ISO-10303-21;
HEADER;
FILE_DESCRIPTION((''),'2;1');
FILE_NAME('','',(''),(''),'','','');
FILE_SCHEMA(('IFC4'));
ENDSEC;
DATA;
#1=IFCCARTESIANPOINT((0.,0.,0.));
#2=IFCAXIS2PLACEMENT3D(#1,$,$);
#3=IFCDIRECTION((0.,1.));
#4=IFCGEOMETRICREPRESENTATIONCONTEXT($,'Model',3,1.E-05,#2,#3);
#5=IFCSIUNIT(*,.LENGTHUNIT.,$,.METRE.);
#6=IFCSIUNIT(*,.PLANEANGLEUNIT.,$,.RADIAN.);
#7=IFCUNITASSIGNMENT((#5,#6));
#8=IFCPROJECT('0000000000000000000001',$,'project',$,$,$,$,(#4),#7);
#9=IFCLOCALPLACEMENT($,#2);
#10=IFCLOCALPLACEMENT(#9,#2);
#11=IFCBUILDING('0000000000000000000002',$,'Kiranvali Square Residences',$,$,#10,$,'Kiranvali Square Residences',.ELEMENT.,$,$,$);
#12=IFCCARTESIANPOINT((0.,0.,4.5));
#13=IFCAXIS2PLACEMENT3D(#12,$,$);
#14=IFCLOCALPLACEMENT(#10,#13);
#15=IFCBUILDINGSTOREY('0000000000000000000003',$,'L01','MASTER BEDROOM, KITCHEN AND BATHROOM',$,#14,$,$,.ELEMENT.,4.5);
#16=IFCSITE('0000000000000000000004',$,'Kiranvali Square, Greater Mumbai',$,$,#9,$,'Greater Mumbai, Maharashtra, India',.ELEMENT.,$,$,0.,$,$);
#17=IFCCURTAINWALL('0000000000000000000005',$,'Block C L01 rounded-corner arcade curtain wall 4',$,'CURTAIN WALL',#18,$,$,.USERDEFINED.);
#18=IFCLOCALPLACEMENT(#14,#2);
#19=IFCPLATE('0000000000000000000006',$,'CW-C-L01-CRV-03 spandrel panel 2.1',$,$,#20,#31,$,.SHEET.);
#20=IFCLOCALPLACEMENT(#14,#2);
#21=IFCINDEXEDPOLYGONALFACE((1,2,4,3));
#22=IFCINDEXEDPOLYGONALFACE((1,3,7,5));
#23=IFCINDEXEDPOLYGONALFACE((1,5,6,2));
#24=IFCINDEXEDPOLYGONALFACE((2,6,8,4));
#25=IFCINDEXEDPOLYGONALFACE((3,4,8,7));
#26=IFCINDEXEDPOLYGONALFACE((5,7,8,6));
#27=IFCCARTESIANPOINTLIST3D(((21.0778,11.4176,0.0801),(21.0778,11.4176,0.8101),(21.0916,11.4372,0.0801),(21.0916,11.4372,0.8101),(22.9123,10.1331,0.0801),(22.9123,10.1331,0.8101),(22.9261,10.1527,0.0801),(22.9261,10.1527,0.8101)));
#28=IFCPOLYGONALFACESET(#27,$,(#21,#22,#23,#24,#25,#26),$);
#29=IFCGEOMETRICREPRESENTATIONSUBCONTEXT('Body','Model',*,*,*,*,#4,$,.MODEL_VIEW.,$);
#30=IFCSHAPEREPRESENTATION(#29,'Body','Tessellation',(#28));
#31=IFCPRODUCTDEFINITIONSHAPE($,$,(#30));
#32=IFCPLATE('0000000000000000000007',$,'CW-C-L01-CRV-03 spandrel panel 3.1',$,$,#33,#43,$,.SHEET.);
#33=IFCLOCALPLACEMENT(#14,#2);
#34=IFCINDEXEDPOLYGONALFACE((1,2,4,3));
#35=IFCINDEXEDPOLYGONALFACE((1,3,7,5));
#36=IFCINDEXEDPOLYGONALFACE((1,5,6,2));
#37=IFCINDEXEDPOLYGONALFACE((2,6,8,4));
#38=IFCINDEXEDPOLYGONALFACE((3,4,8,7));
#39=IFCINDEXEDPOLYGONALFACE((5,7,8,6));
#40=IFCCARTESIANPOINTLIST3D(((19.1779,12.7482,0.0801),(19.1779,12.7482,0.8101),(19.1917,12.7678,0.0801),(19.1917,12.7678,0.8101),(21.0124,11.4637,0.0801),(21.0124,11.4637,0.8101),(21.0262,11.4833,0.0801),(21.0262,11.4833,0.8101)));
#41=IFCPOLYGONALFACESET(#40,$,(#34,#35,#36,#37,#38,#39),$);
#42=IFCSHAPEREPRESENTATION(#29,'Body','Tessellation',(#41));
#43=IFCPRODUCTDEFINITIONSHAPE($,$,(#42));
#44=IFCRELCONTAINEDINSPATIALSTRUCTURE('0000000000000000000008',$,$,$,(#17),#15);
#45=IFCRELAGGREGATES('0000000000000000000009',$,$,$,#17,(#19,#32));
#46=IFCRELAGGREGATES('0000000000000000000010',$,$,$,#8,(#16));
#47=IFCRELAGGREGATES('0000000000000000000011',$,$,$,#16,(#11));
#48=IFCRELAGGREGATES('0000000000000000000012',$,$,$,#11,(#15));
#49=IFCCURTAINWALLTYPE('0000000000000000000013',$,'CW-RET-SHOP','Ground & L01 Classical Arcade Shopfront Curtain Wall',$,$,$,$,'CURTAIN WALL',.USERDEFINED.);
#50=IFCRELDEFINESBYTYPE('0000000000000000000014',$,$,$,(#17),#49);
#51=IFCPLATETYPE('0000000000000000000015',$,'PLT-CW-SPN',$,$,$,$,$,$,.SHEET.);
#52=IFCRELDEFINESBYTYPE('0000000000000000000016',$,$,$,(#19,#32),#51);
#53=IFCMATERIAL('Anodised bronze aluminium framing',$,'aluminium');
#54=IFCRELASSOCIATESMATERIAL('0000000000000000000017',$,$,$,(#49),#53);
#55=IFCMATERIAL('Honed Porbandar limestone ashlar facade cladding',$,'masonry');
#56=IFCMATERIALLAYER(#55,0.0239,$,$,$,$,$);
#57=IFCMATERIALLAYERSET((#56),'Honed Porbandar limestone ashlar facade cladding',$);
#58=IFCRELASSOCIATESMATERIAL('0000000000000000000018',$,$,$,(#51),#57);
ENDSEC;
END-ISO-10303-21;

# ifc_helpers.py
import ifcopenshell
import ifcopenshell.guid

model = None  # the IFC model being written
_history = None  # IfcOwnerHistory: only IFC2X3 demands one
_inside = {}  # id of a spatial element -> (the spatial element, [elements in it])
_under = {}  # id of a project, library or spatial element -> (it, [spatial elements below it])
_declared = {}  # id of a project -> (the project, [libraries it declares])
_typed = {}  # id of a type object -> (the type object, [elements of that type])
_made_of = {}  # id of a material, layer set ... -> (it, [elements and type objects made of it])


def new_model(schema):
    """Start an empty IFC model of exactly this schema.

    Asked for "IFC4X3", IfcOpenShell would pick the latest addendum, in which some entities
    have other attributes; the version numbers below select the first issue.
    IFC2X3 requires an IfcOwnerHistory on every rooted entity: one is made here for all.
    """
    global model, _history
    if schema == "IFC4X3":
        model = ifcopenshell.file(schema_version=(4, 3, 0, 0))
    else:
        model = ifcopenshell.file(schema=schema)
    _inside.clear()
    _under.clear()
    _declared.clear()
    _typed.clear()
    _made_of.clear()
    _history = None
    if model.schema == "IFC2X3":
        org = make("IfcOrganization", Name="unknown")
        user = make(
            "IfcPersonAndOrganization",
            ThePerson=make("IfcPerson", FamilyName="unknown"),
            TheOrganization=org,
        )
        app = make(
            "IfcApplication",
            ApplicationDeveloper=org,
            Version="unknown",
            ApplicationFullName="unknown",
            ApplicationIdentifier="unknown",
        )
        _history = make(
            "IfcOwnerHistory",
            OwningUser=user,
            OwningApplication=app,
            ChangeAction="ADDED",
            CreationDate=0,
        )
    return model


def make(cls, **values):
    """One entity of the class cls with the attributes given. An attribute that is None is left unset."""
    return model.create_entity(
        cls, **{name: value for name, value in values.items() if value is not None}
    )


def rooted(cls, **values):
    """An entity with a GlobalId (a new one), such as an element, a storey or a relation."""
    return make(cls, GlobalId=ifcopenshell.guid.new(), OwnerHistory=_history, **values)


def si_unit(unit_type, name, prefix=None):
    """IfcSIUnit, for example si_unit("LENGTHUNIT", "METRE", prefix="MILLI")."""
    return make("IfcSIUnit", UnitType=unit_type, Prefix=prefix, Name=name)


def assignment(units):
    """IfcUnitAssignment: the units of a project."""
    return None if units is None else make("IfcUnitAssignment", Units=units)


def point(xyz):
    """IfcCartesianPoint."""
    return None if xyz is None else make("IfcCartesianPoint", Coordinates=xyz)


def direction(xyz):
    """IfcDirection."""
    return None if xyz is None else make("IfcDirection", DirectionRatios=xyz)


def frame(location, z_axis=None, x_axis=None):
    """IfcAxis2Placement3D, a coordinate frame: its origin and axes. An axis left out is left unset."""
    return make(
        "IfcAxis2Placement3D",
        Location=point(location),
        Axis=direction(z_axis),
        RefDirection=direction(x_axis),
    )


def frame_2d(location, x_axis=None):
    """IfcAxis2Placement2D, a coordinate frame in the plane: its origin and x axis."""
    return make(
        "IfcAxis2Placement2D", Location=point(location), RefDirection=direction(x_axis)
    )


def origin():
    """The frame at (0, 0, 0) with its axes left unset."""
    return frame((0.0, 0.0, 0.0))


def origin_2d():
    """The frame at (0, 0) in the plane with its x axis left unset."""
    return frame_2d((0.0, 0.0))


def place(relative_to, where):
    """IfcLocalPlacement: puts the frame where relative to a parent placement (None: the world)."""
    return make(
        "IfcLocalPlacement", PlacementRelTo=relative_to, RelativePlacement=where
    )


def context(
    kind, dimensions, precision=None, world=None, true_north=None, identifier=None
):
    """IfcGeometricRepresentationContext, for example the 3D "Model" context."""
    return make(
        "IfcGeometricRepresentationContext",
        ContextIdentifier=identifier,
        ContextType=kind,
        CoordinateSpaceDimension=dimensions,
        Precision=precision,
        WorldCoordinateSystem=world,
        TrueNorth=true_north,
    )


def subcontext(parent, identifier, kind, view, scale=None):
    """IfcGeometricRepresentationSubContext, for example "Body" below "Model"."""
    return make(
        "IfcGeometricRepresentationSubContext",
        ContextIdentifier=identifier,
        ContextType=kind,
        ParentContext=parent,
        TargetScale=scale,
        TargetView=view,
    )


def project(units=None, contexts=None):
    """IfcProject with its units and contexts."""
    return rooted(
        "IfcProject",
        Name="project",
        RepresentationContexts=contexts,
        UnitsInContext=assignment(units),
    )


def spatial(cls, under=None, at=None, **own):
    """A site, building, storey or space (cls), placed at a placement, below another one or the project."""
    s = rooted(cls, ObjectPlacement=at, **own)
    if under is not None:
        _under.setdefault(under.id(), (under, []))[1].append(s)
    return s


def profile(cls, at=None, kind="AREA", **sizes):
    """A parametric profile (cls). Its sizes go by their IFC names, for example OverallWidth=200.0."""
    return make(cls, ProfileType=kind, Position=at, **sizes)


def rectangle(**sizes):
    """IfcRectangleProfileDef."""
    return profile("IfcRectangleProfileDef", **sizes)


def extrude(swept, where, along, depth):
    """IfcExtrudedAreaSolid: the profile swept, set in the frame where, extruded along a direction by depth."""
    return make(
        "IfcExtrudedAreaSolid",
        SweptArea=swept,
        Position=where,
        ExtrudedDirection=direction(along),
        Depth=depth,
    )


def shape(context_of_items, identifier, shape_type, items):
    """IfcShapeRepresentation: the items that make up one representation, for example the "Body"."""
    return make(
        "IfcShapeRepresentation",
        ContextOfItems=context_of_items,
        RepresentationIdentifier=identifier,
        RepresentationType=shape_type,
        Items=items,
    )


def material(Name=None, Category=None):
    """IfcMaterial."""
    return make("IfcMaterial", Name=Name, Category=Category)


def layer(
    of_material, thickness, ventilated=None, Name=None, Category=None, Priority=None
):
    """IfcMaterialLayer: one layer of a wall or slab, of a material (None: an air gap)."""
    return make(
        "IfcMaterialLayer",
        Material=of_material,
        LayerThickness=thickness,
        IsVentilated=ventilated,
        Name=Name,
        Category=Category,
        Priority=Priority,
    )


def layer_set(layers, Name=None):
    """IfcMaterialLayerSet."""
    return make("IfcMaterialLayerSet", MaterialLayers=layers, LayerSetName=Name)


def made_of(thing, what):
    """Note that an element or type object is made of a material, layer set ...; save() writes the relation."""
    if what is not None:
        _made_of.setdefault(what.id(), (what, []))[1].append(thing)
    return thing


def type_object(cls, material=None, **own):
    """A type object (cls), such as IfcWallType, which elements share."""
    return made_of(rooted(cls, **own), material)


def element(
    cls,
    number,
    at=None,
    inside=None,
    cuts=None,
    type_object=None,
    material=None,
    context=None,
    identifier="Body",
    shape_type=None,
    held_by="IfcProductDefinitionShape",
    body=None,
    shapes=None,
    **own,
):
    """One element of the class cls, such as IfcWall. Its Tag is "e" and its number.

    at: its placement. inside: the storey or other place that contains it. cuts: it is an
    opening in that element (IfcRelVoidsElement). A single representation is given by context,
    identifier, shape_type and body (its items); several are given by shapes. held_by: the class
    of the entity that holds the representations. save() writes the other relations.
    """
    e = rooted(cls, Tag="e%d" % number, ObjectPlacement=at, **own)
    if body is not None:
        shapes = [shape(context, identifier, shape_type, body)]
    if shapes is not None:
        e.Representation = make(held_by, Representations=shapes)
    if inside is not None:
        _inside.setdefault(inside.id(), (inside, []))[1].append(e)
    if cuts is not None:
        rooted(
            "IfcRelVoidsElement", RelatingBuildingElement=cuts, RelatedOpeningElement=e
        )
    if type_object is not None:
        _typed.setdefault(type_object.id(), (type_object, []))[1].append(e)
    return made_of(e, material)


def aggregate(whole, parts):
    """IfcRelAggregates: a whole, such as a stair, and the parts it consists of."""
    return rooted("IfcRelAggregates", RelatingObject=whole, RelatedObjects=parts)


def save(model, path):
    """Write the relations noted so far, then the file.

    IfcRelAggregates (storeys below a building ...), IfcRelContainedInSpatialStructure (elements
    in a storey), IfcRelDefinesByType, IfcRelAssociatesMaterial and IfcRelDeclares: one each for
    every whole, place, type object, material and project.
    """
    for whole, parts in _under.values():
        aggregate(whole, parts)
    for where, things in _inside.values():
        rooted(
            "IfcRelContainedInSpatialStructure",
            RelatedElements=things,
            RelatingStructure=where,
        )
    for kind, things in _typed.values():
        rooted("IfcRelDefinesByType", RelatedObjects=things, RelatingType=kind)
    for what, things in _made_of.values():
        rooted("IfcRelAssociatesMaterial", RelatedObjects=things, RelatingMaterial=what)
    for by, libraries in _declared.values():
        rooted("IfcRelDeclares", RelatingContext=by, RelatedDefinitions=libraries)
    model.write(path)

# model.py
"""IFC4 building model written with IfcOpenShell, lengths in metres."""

from ifc_helpers import new_model, si_unit, direction, frame, origin, origin_2d, place, context, subcontext, project, spatial, rectangle, extrude, material, layer, layer_set, type_object, element, aggregate, save


model = new_model("IFC4")

# Units and contexts
model_context = context("Model", 3, precision=1e-05, world=origin(), true_north=direction((0.0, 1.0)))
body_context = subcontext(model_context, "Body", "Model", "MODEL_VIEW")
ifc_project = project(units=[si_unit("LENGTHUNIT", "METRE"), si_unit("PLANEANGLEUNIT", "RADIAN")], contexts=[model_context])

# Site, building, storey
site_placement = place(None, origin())
site = spatial("IfcSite", under=ifc_project, at=site_placement, Name="Kiranvali Square, Greater Mumbai", LongName="Greater Mumbai, Maharashtra, India", CompositionType="ELEMENT", RefElevation=0.0)
building_placement = place(site_placement, origin())
building = spatial("IfcBuilding", under=site, at=building_placement, Name="Kiranvali Square Residences", LongName="Kiranvali Square Residences", CompositionType="ELEMENT")
storey_placement = place(building_placement, frame((0.0, 0.0, 4.5)))
storey = spatial("IfcBuildingStorey", under=building, at=storey_placement, Name="L01", Description="MASTER BEDROOM, KITCHEN AND BATHROOM", CompositionType="ELEMENT", Elevation=4.5)

# Curtain wall
ifc_material_1 = material(Name="Anodised bronze aluminium framing", Category="aluminium")
curtain_wall_type = type_object("IfcCurtainWallType", Name="CW-RET-SHOP", Description="Ground & L01 Classical Arcade Shopfront Curtain Wall", ElementType="CURTAIN WALL", PredefinedType="USERDEFINED", material=ifc_material_1)
curtain_wall_1_placement = place(storey_placement, origin())
curtain_wall_1 = element("IfcCurtainWall", 1, at=curtain_wall_1_placement, inside=storey, type_object=curtain_wall_type, Name="Block C L01 rounded-corner arcade curtain wall 4", ObjectType="CURTAIN WALL", PredefinedType="USERDEFINED")

# Plates
ifc_material_2 = material(Name="Honed Porbandar limestone ashlar facade cladding", Category="masonry")
ifc_layer_1 = layer(ifc_material_2, 0.0239)
ifc_layer_set_1 = layer_set([ifc_layer_1], Name="Honed Porbandar limestone ashlar facade cladding")
plate_type_1 = type_object("IfcPlateType", Name="PLT-CW-SPN", PredefinedType="SHEET", material=ifc_layer_set_1)
plate_1_placement = place(storey_placement, frame((22.002, 10.7852, 0.0801), z_axis=(0.0, 0.0, 1.0), x_axis=(-0.819152, 0.573576, 0.0)))
plate_1 = element("IfcPlate", 2, at=plate_1_placement, type_object=plate_type_1, Name="CW-C-L01-CRV-03 spandrel panel 2.1", PredefinedType="SHEET", context=body_context, shape_type="SweptSolid", body=[
    extrude(rectangle(XDim=2.2395, YDim=0.0239, at=origin_2d()), origin(), (0.0, 0.0, 1.0), 0.73),
])
plate_2_placement = place(storey_placement, frame((20.1021, 12.1157, 0.0801), z_axis=(0.0, 0.0, 1.0), x_axis=(-0.819152, 0.573576, 0.0)))
plate_2 = element("IfcPlate", 3, at=plate_2_placement, type_object=plate_type_1, Name="CW-C-L01-CRV-03 spandrel panel 3.1", PredefinedType="SHEET", context=body_context, shape_type="SweptSolid", body=[
    extrude(rectangle(XDim=2.2395, YDim=0.0239, at=origin_2d()), origin(), (0.0, 0.0, 1.0), 0.73),
])
aggregate(curtain_wall_1, [plate_1, plate_2])

save(model, "model.ifc")
